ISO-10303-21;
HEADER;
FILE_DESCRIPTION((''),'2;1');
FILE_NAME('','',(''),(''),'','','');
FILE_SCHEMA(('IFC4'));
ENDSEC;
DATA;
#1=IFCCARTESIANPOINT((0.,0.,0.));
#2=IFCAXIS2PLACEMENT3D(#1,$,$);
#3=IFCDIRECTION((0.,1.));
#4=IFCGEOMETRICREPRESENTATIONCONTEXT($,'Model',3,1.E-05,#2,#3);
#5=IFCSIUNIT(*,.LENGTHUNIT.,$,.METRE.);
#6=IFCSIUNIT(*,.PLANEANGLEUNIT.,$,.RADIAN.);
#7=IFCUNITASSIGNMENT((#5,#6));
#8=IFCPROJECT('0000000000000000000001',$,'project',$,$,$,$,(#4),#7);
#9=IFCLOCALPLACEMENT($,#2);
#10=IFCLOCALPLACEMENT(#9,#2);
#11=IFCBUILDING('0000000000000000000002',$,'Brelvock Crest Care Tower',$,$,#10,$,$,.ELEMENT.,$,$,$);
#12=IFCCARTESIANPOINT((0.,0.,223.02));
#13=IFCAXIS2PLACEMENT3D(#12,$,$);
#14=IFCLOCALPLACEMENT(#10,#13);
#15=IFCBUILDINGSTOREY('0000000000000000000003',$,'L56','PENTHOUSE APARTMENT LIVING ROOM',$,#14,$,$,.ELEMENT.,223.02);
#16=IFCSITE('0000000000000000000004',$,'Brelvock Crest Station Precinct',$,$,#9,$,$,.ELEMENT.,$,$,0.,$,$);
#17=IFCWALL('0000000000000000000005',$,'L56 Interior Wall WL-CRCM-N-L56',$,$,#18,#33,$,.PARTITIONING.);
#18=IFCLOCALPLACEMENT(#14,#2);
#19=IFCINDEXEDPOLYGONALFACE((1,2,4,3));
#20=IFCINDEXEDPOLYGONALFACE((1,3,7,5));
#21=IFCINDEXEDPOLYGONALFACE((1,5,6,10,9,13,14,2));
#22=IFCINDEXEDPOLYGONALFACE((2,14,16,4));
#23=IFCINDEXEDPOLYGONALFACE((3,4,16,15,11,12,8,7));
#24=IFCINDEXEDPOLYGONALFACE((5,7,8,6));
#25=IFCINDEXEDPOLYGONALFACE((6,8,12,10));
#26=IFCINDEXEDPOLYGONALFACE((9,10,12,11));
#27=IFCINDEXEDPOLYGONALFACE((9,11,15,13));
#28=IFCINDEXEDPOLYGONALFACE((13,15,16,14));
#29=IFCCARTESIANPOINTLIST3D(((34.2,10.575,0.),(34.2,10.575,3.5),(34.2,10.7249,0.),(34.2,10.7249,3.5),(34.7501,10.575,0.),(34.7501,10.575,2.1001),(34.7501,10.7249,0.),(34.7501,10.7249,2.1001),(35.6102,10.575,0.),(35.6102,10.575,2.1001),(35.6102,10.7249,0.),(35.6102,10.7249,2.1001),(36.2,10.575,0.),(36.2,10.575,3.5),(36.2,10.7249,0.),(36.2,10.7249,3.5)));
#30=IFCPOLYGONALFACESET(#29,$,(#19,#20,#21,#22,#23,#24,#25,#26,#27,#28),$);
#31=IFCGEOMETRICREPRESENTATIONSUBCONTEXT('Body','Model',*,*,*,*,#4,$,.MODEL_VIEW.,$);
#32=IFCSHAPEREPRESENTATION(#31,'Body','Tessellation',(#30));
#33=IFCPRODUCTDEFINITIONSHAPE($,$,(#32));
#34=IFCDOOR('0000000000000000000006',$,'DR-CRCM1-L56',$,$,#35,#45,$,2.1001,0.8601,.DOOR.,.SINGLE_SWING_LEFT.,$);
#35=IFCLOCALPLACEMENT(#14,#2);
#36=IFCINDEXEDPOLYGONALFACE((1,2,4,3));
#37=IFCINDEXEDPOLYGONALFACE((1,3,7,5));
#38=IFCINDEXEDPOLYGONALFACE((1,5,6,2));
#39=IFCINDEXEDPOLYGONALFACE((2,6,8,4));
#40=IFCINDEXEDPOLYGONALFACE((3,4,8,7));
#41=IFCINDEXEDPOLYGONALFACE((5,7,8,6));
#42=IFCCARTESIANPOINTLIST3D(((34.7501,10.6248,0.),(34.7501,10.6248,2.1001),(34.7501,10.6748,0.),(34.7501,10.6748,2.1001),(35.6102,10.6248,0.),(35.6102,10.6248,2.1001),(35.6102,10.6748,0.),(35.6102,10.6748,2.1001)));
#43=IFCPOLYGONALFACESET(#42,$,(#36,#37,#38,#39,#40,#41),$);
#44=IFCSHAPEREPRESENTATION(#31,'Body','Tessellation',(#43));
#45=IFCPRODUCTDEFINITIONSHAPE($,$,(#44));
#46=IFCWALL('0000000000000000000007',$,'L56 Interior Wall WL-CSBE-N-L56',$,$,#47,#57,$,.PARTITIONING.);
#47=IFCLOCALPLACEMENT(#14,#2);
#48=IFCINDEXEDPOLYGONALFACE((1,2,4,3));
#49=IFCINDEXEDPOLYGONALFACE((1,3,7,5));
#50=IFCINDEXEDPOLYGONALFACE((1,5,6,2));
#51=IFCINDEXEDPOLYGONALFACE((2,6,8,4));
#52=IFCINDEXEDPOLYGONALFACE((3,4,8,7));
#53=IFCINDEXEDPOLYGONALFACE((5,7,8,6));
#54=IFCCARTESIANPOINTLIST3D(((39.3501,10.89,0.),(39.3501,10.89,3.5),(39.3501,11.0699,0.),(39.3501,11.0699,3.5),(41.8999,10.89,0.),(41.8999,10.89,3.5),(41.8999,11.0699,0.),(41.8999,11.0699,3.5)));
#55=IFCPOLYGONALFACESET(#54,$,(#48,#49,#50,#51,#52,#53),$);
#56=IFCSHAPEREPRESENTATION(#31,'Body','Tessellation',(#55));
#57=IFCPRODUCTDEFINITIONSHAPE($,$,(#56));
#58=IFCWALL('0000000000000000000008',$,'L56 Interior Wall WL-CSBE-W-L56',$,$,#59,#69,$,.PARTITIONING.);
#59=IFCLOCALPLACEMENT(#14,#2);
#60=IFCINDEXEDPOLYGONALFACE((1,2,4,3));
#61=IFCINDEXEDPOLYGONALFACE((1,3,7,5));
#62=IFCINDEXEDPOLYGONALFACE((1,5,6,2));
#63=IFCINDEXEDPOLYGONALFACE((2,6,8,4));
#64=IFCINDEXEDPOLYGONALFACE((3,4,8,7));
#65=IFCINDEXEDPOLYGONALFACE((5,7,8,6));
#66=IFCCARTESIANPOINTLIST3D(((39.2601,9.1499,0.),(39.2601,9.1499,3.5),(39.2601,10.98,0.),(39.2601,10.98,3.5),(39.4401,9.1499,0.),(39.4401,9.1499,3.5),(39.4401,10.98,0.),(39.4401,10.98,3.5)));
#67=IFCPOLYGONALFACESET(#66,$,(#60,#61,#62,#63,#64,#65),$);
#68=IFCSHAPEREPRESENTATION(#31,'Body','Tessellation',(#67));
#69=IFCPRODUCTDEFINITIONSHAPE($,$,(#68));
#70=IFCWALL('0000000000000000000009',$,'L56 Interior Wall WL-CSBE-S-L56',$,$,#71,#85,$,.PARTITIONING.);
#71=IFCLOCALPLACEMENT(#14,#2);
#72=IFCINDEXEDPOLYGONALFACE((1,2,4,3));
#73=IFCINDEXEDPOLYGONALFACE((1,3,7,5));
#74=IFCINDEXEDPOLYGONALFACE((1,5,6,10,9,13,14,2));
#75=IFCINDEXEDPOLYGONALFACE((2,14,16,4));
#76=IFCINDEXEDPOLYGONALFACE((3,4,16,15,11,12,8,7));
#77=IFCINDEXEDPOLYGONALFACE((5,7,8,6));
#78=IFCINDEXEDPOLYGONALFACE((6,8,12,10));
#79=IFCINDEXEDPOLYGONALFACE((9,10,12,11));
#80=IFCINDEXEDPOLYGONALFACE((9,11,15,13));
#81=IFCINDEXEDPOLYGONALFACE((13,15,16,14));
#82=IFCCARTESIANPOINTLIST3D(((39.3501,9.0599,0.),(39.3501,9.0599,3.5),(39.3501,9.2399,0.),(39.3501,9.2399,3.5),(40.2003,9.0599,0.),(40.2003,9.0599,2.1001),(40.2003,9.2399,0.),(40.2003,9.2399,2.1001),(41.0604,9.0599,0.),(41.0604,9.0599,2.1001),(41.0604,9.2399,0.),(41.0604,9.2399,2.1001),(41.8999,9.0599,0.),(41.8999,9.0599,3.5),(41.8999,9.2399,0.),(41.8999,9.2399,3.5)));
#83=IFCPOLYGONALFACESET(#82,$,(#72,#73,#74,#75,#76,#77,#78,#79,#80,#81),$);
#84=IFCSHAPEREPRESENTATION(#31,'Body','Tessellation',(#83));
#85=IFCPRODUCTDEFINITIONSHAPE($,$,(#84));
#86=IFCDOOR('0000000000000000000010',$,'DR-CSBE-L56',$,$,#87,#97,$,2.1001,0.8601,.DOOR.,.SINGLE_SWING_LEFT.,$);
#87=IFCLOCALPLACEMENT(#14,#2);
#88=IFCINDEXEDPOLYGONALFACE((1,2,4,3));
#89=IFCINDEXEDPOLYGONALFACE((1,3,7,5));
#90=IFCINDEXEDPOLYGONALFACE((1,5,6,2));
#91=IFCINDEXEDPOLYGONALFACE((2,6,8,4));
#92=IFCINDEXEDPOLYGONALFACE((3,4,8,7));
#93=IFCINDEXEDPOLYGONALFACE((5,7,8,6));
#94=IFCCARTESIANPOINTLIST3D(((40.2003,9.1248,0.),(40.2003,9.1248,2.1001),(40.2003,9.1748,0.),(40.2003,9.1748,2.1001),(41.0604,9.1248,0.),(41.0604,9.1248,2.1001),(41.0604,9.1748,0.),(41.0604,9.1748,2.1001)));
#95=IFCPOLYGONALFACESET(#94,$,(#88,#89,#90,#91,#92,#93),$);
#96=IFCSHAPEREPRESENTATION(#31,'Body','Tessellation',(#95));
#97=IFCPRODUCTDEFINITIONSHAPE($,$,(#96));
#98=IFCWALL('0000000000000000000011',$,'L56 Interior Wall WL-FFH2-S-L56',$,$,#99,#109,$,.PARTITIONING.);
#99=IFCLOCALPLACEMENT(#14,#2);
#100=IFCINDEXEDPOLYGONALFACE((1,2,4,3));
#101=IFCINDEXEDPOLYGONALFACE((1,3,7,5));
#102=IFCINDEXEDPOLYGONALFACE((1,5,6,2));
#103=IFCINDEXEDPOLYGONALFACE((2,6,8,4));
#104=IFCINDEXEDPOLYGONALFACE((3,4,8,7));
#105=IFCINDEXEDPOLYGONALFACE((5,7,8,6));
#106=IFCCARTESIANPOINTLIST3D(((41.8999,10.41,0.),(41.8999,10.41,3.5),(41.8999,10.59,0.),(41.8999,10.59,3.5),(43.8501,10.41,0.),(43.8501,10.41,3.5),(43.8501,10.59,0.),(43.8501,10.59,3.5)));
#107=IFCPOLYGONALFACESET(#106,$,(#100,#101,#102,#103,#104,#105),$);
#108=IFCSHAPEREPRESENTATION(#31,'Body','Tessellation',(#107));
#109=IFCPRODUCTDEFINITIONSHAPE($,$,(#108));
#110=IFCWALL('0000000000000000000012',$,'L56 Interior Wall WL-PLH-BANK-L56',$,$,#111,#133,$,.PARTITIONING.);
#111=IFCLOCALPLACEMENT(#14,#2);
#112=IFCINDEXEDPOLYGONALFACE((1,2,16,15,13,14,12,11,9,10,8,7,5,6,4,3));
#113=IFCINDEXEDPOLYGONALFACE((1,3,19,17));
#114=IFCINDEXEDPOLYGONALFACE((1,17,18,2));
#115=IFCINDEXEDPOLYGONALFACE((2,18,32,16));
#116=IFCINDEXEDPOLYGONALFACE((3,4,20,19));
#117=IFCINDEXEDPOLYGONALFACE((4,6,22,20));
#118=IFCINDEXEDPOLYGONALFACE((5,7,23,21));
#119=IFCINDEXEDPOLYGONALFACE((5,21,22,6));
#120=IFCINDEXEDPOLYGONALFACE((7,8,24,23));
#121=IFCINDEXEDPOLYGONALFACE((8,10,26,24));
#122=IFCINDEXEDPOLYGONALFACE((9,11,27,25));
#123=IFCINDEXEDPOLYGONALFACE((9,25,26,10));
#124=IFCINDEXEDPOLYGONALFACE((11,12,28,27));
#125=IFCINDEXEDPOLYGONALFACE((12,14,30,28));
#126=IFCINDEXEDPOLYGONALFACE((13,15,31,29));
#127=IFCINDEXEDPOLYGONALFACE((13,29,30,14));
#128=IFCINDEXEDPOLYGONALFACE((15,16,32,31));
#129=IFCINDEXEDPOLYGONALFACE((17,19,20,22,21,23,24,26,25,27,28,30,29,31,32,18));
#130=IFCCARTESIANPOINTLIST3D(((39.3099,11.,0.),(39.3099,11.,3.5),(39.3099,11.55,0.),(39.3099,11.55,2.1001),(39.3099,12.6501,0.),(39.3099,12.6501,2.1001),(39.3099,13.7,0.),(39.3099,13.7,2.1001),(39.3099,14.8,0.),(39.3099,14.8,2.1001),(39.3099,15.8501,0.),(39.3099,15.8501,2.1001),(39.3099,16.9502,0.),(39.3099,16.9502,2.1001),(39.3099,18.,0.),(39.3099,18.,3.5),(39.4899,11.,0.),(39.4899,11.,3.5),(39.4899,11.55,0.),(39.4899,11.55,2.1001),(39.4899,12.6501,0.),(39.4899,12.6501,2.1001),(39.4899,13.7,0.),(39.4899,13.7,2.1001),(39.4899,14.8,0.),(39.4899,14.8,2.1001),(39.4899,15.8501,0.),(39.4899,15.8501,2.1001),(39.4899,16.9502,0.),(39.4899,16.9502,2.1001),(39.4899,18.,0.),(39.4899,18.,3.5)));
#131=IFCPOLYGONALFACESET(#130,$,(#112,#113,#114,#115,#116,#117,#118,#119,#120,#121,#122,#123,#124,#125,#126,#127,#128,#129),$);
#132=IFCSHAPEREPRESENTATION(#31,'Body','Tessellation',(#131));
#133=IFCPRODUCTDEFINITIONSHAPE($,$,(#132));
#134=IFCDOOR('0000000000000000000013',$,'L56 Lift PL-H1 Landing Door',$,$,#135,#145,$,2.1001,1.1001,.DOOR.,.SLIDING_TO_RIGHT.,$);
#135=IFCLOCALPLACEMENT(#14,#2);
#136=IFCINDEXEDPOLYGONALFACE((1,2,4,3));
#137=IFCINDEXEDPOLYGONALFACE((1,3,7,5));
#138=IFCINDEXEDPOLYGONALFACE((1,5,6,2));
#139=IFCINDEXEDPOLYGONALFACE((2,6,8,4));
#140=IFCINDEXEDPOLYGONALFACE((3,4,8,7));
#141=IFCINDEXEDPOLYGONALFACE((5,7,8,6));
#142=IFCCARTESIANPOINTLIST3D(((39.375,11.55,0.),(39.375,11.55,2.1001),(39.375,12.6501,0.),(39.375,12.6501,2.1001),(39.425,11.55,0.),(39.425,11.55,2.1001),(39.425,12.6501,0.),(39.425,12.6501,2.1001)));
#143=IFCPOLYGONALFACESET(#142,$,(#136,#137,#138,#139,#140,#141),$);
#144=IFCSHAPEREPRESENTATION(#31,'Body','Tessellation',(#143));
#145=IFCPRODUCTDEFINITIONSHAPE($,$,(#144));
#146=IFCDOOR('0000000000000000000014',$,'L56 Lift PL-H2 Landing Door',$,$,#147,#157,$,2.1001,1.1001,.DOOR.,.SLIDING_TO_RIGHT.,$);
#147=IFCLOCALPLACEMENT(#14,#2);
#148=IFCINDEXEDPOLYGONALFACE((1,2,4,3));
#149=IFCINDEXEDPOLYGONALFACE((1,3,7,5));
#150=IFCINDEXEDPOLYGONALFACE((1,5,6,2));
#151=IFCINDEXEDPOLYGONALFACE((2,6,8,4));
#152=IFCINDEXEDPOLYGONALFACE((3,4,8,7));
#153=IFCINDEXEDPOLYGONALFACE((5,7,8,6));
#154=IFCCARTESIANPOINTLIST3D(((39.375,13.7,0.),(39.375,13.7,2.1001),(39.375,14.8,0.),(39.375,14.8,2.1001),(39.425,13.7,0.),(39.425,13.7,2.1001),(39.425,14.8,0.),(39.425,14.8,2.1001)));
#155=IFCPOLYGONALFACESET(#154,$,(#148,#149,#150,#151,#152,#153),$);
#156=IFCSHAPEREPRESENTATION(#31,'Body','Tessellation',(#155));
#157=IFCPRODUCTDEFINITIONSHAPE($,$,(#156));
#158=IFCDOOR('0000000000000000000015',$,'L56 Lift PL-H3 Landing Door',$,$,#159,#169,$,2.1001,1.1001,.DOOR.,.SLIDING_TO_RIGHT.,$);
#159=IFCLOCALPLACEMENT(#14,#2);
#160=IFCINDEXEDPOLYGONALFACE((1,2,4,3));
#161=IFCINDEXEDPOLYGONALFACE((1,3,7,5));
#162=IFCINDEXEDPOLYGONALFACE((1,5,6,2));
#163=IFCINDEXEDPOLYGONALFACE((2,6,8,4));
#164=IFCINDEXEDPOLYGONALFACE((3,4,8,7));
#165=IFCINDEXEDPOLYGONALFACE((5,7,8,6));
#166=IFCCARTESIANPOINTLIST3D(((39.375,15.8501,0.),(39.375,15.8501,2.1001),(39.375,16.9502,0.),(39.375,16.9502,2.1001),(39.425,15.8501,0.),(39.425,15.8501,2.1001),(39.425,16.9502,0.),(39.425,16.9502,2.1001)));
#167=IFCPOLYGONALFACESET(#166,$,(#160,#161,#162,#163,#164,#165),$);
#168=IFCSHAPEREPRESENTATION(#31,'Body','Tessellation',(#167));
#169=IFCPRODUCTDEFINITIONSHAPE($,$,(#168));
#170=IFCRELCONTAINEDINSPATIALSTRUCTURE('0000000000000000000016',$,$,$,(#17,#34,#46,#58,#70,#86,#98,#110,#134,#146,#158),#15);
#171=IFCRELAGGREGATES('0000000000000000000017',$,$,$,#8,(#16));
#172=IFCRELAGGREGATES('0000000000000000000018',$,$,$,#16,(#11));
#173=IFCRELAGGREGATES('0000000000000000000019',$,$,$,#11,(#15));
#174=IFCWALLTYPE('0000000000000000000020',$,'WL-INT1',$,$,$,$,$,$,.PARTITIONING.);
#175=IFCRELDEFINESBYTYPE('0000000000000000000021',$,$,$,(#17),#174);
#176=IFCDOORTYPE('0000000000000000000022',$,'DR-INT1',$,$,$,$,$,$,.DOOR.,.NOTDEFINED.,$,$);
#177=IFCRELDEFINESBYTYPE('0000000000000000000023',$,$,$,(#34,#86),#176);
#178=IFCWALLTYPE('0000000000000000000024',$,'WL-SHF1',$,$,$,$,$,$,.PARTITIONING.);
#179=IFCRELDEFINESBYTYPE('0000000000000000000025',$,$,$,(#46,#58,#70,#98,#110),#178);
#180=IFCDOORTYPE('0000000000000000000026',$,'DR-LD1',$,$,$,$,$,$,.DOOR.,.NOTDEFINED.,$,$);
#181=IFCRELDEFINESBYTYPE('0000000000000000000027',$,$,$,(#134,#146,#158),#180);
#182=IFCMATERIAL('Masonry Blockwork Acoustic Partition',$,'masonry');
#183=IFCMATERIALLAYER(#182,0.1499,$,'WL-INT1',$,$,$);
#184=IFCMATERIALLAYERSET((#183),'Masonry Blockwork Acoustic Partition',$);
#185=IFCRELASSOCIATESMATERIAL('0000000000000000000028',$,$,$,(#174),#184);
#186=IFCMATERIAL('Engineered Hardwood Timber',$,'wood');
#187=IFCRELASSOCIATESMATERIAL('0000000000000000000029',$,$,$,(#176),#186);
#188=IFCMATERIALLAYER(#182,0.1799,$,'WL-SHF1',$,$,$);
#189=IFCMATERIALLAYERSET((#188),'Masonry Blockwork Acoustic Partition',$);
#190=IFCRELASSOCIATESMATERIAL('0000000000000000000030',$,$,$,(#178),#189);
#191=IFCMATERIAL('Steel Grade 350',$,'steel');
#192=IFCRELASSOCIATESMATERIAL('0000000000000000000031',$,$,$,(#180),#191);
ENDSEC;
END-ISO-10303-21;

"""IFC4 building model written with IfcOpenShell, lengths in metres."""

from ifc_helpers import new_model, si_unit, direction, frame, frame_2d, origin, origin_2d, place, context, subcontext, project, spatial, rectangle, extrude, source, transform, mapped, material, layer, layer_set, type_object, element, fill, save


model = new_model("IFC4")

# Units and contexts
model_context = context("Model", 3, precision=1e-05, world=origin(), true_north=direction((0.0, 1.0)))
body_context = subcontext(model_context, "Body", "Model", "MODEL_VIEW")
ifc_project = project(units=[si_unit("LENGTHUNIT", "METRE"), si_unit("PLANEANGLEUNIT", "RADIAN")], contexts=[model_context])

# Site, building, storey
site_placement = place(None, origin())
site = spatial("IfcSite", under=ifc_project, at=site_placement, Name="Brelvock Crest Station Precinct", CompositionType="ELEMENT", RefElevation=0.0)
building_placement = place(site_placement, origin())
building = spatial("IfcBuilding", under=site, at=building_placement, Name="Brelvock Crest Care Tower", CompositionType="ELEMENT")
storey_placement = place(building_placement, frame((0.0, 0.0, 223.02)))
storey = spatial("IfcBuildingStorey", under=building, at=storey_placement, Name="L56", Description="PENTHOUSE APARTMENT LIVING ROOM", CompositionType="ELEMENT", Elevation=223.02)

# Shared definitions
ifc_material_1 = material(Name="Steel Grade 350", Category="steel")

# Shared definitions
ifc_material_2 = material(Name="Masonry Blockwork Acoustic Partition", Category="masonry")
ifc_layer_1 = layer(ifc_material_2, 0.1499, Name="WL-INT1")
ifc_layer_set_1 = layer_set([ifc_layer_1], Name="Masonry Blockwork Acoustic Partition")
wall_type_1 = type_object("IfcWallType", Name="WL-INT1", PredefinedType="PARTITIONING", material=ifc_layer_set_1)

# Wall, opening, door
wall_1_placement = place(storey_placement, frame((34.2, 10.6499, 0.0), z_axis=(0.0, 0.0, 1.0), x_axis=(1.0, 0.0, 0.0)))
wall_1 = element("IfcWall", 1, at=wall_1_placement, inside=storey, type_object=wall_type_1, Name="L56 Interior Wall WL-CRCM-N-L56", PredefinedType="PARTITIONING", context=body_context, shape_type="SweptSolid", body=[
    extrude(rectangle(XDim=2.0, YDim=0.1499, at=frame_2d((1.0, 0.0))), origin(), (0.0, 0.0, 1.0), 3.5),
])
opening_1_placement = place(wall_1_placement, frame((0.55, 0.0, 0.0)))
opening_1 = element("IfcOpeningElement", 2, at=opening_1_placement, cuts=wall_1, PredefinedType="OPENING", context=body_context, shape_type="SweptSolid", body=[
    extrude(rectangle(XDim=0.8601, YDim=2.1001, at=origin_2d()), frame((0.4302, 0.085, 1.05), z_axis=(0.0, -1.0, 0.0), x_axis=(1.0, 0.0, 0.0)), (0.0, 0.0, 1.0), 0.1699),
])
ifc_material_3 = material(Name="Engineered Hardwood Timber", Category="wood")
door_type_1 = type_object("IfcDoorType", Name="DR-INT1", OperationType="NOTDEFINED", PredefinedType="DOOR", material=ifc_material_3)
shared_shape_1 = source(origin(), body_context, "Body", "SweptSolid", [
    extrude(rectangle(XDim=0.8601, YDim=2.1001, at=origin_2d()), frame((0.4302, 0.0249, 1.05), z_axis=(0.0, -1.0, 0.0), x_axis=(1.0, 0.0, 0.0)), (0.0, 0.0, 1.0), 0.05),
])
door_1_placement = place(opening_1_placement, origin())
door_1 = element("IfcDoor", 3, at=door_1_placement, inside=storey, type_object=door_type_1, Name="DR-CRCM1-L56", OperationType="SINGLE_SWING_LEFT", OverallHeight=2.1001, OverallWidth=0.8601, PredefinedType="DOOR", context=body_context, shape_type="MappedRepresentation", body=[
    mapped(shared_shape_1, transform((0.0, 0.0, 0.0), x_axis=(1.0, 0.0, 0.0), y_axis=(0.0, 1.0, 0.0), z_axis=(0.0, 0.0, 1.0), scale=1.0)),
])
fill(opening_1, door_1)

# Walls
ifc_layer_2 = layer(ifc_material_2, 0.1799, Name="WL-SHF1")
ifc_layer_set_2 = layer_set([ifc_layer_2], Name="Masonry Blockwork Acoustic Partition")
wall_type_2 = type_object("IfcWallType", Name="WL-SHF1", PredefinedType="PARTITIONING", material=ifc_layer_set_2)
wall_2_placement = place(storey_placement, frame((39.3501, 10.98, 0.0), z_axis=(0.0, 0.0, 1.0), x_axis=(1.0, 0.0, 0.0)))
element("IfcWall", 4, at=wall_2_placement, inside=storey, type_object=wall_type_2, Name="L56 Interior Wall WL-CSBE-N-L56", PredefinedType="PARTITIONING", context=body_context, shape_type="SweptSolid", body=[
    extrude(rectangle(XDim=2.5498, YDim=0.1799, at=frame_2d((1.2749, 0.0))), origin(), (0.0, 0.0, 1.0), 3.5),
])
wall_3_placement = place(storey_placement, frame((39.3501, 9.1499, 0.0), z_axis=(0.0, 0.0, 1.0), x_axis=(0.0, 1.0, 0.0)))
element("IfcWall", 5, at=wall_3_placement, inside=storey, type_object=wall_type_2, Name="L56 Interior Wall WL-CSBE-W-L56", PredefinedType="PARTITIONING", context=body_context, shape_type="SweptSolid", body=[
    extrude(rectangle(XDim=1.8301, YDim=0.1799, at=frame_2d((0.915, 0.0))), origin(), (0.0, 0.0, 1.0), 3.5),
])

# Wall, opening, door
wall_4_placement = place(storey_placement, frame((39.3501, 9.1499, 0.0), z_axis=(0.0, 0.0, 1.0), x_axis=(1.0, 0.0, 0.0)))
wall_4 = element("IfcWall", 6, at=wall_4_placement, inside=storey, type_object=wall_type_2, Name="L56 Interior Wall WL-CSBE-S-L56", PredefinedType="PARTITIONING", context=body_context, shape_type="SweptSolid", body=[
    extrude(rectangle(XDim=2.5498, YDim=0.1799, at=frame_2d((1.2749, 0.0))), origin(), (0.0, 0.0, 1.0), 3.5),
])
opening_2_placement = place(wall_4_placement, frame((0.8501, 0.0, 0.0)))
opening_2 = element("IfcOpeningElement", 7, at=opening_2_placement, cuts=wall_4, PredefinedType="OPENING", context=body_context, shape_type="SweptSolid", body=[
    extrude(rectangle(XDim=0.8601, YDim=2.1001, at=origin_2d()), frame((0.4302, 0.1001, 1.05), z_axis=(0.0, -1.0, 0.0), x_axis=(1.0, 0.0, 0.0)), (0.0, 0.0, 1.0), 0.2),
])
door_2_placement = place(opening_2_placement, origin())
door_2 = element("IfcDoor", 8, at=door_2_placement, inside=storey, type_object=door_type_1, Name="DR-CSBE-L56", OperationType="SINGLE_SWING_LEFT", OverallHeight=2.1001, OverallWidth=0.8601, PredefinedType="DOOR", context=body_context, shape_type="MappedRepresentation", body=[
    mapped(shared_shape_1, transform((0.0, 0.0, 0.0), x_axis=(1.0, 0.0, 0.0), y_axis=(0.0, 1.0, 0.0), z_axis=(0.0, 0.0, 1.0), scale=1.0)),
])
fill(opening_2, door_2)

# Wall
wall_5_placement = place(storey_placement, frame((41.8999, 10.5, 0.0), z_axis=(0.0, 0.0, 1.0), x_axis=(1.0, 0.0, 0.0)))
element("IfcWall", 9, at=wall_5_placement, inside=storey, type_object=wall_type_2, Name="L56 Interior Wall WL-FFH2-S-L56", PredefinedType="PARTITIONING", context=body_context, shape_type="SweptSolid", body=[
    extrude(rectangle(XDim=1.9502, YDim=0.1799, at=frame_2d((0.9751, 0.0))), origin(), (0.0, 0.0, 1.0), 3.5),
])

# Wall, openings, doors
wall_6_placement = place(storey_placement, frame((39.3999, 11.0, 0.0), z_axis=(0.0, 0.0, 1.0), x_axis=(0.0, 1.0, 0.0)))
wall_6 = element("IfcWall", 10, at=wall_6_placement, inside=storey, type_object=wall_type_2, Name="L56 Interior Wall WL-PLH-BANK-L56", PredefinedType="PARTITIONING", context=body_context, shape_type="SweptSolid", body=[
    extrude(rectangle(XDim=7.0, YDim=0.1799, at=frame_2d((3.5, 0.0))), origin(), (0.0, 0.0, 1.0), 3.5),
])
opening_3_placement = place(wall_6_placement, frame((0.55, 0.0, 0.0)))
opening_3 = element("IfcOpeningElement", 11, at=opening_3_placement, cuts=wall_6, PredefinedType="OPENING", context=body_context, shape_type="SweptSolid", body=[
    extrude(rectangle(XDim=1.1001, YDim=2.1001, at=origin_2d()), frame((0.55, 0.1001, 1.05), z_axis=(0.0, -1.0, 0.0), x_axis=(1.0, 0.0, 0.0)), (0.0, 0.0, 1.0), 0.2),
])
opening_4_placement = place(wall_6_placement, frame((2.7, 0.0, 0.0)))
opening_4 = element("IfcOpeningElement", 12, at=opening_4_placement, cuts=wall_6, PredefinedType="OPENING", context=body_context, shape_type="SweptSolid", body=[
    extrude(rectangle(XDim=1.1001, YDim=2.1001, at=origin_2d()), frame((0.55, 0.1001, 1.05), z_axis=(0.0, -1.0, 0.0), x_axis=(1.0, 0.0, 0.0)), (0.0, 0.0, 1.0), 0.2),
])
opening_5_placement = place(wall_6_placement, frame((4.8501, 0.0, 0.0)))
opening_5 = element("IfcOpeningElement", 13, at=opening_5_placement, cuts=wall_6, PredefinedType="OPENING", context=body_context, shape_type="SweptSolid", body=[
    extrude(rectangle(XDim=1.1001, YDim=2.1001, at=origin_2d()), frame((0.55, 0.1001, 1.05), z_axis=(0.0, -1.0, 0.0), x_axis=(1.0, 0.0, 0.0)), (0.0, 0.0, 1.0), 0.2),
])
door_type_2 = type_object("IfcDoorType", Name="DR-LD1", OperationType="NOTDEFINED", PredefinedType="DOOR", material=ifc_material_1)
shared_shape_2 = source(origin(), body_context, "Body", "SweptSolid", [
    extrude(rectangle(XDim=1.1001, YDim=2.1001, at=origin_2d()), frame((0.55, 0.0249, 1.05), z_axis=(0.0, -1.0, 0.0), x_axis=(1.0, 0.0, 0.0)), (0.0, 0.0, 1.0), 0.05),
])
door_3_placement = place(opening_3_placement, origin())
door_3 = element("IfcDoor", 14, at=door_3_placement, inside=storey, type_object=door_type_2, Name="L56 Lift PL-H1 Landing Door", OperationType="SLIDING_TO_RIGHT", OverallHeight=2.1001, OverallWidth=1.1001, PredefinedType="DOOR", context=body_context, shape_type="MappedRepresentation", body=[
    mapped(shared_shape_2, transform((0.0, 0.0, 0.0), x_axis=(1.0, 0.0, 0.0), y_axis=(0.0, 1.0, 0.0), z_axis=(0.0, 0.0, 1.0), scale=1.0)),
])
fill(opening_3, door_3)
door_4_placement = place(opening_4_placement, origin())
door_4 = element("IfcDoor", 15, at=door_4_placement, inside=storey, type_object=door_type_2, Name="L56 Lift PL-H2 Landing Door", OperationType="SLIDING_TO_RIGHT", OverallHeight=2.1001, OverallWidth=1.1001, PredefinedType="DOOR", context=body_context, shape_type="MappedRepresentation", body=[
    mapped(shared_shape_2, transform((0.0, 0.0, 0.0), x_axis=(1.0, 0.0, 0.0), y_axis=(0.0, 1.0, 0.0), z_axis=(0.0, 0.0, 1.0), scale=1.0)),
])
fill(opening_4, door_4)
door_5_placement = place(opening_5_placement, origin())
door_5 = element("IfcDoor", 16, at=door_5_placement, inside=storey, type_object=door_type_2, Name="L56 Lift PL-H3 Landing Door", OperationType="SLIDING_TO_RIGHT", OverallHeight=2.1001, OverallWidth=1.1001, PredefinedType="DOOR", context=body_context, shape_type="MappedRepresentation", body=[
    mapped(shared_shape_2, transform((0.0, 0.0, 0.0), x_axis=(1.0, 0.0, 0.0), y_axis=(0.0, 1.0, 0.0), z_axis=(0.0, 0.0, 1.0), scale=1.0)),
])
fill(opening_5, door_5)

save(model, "model.ifc")
